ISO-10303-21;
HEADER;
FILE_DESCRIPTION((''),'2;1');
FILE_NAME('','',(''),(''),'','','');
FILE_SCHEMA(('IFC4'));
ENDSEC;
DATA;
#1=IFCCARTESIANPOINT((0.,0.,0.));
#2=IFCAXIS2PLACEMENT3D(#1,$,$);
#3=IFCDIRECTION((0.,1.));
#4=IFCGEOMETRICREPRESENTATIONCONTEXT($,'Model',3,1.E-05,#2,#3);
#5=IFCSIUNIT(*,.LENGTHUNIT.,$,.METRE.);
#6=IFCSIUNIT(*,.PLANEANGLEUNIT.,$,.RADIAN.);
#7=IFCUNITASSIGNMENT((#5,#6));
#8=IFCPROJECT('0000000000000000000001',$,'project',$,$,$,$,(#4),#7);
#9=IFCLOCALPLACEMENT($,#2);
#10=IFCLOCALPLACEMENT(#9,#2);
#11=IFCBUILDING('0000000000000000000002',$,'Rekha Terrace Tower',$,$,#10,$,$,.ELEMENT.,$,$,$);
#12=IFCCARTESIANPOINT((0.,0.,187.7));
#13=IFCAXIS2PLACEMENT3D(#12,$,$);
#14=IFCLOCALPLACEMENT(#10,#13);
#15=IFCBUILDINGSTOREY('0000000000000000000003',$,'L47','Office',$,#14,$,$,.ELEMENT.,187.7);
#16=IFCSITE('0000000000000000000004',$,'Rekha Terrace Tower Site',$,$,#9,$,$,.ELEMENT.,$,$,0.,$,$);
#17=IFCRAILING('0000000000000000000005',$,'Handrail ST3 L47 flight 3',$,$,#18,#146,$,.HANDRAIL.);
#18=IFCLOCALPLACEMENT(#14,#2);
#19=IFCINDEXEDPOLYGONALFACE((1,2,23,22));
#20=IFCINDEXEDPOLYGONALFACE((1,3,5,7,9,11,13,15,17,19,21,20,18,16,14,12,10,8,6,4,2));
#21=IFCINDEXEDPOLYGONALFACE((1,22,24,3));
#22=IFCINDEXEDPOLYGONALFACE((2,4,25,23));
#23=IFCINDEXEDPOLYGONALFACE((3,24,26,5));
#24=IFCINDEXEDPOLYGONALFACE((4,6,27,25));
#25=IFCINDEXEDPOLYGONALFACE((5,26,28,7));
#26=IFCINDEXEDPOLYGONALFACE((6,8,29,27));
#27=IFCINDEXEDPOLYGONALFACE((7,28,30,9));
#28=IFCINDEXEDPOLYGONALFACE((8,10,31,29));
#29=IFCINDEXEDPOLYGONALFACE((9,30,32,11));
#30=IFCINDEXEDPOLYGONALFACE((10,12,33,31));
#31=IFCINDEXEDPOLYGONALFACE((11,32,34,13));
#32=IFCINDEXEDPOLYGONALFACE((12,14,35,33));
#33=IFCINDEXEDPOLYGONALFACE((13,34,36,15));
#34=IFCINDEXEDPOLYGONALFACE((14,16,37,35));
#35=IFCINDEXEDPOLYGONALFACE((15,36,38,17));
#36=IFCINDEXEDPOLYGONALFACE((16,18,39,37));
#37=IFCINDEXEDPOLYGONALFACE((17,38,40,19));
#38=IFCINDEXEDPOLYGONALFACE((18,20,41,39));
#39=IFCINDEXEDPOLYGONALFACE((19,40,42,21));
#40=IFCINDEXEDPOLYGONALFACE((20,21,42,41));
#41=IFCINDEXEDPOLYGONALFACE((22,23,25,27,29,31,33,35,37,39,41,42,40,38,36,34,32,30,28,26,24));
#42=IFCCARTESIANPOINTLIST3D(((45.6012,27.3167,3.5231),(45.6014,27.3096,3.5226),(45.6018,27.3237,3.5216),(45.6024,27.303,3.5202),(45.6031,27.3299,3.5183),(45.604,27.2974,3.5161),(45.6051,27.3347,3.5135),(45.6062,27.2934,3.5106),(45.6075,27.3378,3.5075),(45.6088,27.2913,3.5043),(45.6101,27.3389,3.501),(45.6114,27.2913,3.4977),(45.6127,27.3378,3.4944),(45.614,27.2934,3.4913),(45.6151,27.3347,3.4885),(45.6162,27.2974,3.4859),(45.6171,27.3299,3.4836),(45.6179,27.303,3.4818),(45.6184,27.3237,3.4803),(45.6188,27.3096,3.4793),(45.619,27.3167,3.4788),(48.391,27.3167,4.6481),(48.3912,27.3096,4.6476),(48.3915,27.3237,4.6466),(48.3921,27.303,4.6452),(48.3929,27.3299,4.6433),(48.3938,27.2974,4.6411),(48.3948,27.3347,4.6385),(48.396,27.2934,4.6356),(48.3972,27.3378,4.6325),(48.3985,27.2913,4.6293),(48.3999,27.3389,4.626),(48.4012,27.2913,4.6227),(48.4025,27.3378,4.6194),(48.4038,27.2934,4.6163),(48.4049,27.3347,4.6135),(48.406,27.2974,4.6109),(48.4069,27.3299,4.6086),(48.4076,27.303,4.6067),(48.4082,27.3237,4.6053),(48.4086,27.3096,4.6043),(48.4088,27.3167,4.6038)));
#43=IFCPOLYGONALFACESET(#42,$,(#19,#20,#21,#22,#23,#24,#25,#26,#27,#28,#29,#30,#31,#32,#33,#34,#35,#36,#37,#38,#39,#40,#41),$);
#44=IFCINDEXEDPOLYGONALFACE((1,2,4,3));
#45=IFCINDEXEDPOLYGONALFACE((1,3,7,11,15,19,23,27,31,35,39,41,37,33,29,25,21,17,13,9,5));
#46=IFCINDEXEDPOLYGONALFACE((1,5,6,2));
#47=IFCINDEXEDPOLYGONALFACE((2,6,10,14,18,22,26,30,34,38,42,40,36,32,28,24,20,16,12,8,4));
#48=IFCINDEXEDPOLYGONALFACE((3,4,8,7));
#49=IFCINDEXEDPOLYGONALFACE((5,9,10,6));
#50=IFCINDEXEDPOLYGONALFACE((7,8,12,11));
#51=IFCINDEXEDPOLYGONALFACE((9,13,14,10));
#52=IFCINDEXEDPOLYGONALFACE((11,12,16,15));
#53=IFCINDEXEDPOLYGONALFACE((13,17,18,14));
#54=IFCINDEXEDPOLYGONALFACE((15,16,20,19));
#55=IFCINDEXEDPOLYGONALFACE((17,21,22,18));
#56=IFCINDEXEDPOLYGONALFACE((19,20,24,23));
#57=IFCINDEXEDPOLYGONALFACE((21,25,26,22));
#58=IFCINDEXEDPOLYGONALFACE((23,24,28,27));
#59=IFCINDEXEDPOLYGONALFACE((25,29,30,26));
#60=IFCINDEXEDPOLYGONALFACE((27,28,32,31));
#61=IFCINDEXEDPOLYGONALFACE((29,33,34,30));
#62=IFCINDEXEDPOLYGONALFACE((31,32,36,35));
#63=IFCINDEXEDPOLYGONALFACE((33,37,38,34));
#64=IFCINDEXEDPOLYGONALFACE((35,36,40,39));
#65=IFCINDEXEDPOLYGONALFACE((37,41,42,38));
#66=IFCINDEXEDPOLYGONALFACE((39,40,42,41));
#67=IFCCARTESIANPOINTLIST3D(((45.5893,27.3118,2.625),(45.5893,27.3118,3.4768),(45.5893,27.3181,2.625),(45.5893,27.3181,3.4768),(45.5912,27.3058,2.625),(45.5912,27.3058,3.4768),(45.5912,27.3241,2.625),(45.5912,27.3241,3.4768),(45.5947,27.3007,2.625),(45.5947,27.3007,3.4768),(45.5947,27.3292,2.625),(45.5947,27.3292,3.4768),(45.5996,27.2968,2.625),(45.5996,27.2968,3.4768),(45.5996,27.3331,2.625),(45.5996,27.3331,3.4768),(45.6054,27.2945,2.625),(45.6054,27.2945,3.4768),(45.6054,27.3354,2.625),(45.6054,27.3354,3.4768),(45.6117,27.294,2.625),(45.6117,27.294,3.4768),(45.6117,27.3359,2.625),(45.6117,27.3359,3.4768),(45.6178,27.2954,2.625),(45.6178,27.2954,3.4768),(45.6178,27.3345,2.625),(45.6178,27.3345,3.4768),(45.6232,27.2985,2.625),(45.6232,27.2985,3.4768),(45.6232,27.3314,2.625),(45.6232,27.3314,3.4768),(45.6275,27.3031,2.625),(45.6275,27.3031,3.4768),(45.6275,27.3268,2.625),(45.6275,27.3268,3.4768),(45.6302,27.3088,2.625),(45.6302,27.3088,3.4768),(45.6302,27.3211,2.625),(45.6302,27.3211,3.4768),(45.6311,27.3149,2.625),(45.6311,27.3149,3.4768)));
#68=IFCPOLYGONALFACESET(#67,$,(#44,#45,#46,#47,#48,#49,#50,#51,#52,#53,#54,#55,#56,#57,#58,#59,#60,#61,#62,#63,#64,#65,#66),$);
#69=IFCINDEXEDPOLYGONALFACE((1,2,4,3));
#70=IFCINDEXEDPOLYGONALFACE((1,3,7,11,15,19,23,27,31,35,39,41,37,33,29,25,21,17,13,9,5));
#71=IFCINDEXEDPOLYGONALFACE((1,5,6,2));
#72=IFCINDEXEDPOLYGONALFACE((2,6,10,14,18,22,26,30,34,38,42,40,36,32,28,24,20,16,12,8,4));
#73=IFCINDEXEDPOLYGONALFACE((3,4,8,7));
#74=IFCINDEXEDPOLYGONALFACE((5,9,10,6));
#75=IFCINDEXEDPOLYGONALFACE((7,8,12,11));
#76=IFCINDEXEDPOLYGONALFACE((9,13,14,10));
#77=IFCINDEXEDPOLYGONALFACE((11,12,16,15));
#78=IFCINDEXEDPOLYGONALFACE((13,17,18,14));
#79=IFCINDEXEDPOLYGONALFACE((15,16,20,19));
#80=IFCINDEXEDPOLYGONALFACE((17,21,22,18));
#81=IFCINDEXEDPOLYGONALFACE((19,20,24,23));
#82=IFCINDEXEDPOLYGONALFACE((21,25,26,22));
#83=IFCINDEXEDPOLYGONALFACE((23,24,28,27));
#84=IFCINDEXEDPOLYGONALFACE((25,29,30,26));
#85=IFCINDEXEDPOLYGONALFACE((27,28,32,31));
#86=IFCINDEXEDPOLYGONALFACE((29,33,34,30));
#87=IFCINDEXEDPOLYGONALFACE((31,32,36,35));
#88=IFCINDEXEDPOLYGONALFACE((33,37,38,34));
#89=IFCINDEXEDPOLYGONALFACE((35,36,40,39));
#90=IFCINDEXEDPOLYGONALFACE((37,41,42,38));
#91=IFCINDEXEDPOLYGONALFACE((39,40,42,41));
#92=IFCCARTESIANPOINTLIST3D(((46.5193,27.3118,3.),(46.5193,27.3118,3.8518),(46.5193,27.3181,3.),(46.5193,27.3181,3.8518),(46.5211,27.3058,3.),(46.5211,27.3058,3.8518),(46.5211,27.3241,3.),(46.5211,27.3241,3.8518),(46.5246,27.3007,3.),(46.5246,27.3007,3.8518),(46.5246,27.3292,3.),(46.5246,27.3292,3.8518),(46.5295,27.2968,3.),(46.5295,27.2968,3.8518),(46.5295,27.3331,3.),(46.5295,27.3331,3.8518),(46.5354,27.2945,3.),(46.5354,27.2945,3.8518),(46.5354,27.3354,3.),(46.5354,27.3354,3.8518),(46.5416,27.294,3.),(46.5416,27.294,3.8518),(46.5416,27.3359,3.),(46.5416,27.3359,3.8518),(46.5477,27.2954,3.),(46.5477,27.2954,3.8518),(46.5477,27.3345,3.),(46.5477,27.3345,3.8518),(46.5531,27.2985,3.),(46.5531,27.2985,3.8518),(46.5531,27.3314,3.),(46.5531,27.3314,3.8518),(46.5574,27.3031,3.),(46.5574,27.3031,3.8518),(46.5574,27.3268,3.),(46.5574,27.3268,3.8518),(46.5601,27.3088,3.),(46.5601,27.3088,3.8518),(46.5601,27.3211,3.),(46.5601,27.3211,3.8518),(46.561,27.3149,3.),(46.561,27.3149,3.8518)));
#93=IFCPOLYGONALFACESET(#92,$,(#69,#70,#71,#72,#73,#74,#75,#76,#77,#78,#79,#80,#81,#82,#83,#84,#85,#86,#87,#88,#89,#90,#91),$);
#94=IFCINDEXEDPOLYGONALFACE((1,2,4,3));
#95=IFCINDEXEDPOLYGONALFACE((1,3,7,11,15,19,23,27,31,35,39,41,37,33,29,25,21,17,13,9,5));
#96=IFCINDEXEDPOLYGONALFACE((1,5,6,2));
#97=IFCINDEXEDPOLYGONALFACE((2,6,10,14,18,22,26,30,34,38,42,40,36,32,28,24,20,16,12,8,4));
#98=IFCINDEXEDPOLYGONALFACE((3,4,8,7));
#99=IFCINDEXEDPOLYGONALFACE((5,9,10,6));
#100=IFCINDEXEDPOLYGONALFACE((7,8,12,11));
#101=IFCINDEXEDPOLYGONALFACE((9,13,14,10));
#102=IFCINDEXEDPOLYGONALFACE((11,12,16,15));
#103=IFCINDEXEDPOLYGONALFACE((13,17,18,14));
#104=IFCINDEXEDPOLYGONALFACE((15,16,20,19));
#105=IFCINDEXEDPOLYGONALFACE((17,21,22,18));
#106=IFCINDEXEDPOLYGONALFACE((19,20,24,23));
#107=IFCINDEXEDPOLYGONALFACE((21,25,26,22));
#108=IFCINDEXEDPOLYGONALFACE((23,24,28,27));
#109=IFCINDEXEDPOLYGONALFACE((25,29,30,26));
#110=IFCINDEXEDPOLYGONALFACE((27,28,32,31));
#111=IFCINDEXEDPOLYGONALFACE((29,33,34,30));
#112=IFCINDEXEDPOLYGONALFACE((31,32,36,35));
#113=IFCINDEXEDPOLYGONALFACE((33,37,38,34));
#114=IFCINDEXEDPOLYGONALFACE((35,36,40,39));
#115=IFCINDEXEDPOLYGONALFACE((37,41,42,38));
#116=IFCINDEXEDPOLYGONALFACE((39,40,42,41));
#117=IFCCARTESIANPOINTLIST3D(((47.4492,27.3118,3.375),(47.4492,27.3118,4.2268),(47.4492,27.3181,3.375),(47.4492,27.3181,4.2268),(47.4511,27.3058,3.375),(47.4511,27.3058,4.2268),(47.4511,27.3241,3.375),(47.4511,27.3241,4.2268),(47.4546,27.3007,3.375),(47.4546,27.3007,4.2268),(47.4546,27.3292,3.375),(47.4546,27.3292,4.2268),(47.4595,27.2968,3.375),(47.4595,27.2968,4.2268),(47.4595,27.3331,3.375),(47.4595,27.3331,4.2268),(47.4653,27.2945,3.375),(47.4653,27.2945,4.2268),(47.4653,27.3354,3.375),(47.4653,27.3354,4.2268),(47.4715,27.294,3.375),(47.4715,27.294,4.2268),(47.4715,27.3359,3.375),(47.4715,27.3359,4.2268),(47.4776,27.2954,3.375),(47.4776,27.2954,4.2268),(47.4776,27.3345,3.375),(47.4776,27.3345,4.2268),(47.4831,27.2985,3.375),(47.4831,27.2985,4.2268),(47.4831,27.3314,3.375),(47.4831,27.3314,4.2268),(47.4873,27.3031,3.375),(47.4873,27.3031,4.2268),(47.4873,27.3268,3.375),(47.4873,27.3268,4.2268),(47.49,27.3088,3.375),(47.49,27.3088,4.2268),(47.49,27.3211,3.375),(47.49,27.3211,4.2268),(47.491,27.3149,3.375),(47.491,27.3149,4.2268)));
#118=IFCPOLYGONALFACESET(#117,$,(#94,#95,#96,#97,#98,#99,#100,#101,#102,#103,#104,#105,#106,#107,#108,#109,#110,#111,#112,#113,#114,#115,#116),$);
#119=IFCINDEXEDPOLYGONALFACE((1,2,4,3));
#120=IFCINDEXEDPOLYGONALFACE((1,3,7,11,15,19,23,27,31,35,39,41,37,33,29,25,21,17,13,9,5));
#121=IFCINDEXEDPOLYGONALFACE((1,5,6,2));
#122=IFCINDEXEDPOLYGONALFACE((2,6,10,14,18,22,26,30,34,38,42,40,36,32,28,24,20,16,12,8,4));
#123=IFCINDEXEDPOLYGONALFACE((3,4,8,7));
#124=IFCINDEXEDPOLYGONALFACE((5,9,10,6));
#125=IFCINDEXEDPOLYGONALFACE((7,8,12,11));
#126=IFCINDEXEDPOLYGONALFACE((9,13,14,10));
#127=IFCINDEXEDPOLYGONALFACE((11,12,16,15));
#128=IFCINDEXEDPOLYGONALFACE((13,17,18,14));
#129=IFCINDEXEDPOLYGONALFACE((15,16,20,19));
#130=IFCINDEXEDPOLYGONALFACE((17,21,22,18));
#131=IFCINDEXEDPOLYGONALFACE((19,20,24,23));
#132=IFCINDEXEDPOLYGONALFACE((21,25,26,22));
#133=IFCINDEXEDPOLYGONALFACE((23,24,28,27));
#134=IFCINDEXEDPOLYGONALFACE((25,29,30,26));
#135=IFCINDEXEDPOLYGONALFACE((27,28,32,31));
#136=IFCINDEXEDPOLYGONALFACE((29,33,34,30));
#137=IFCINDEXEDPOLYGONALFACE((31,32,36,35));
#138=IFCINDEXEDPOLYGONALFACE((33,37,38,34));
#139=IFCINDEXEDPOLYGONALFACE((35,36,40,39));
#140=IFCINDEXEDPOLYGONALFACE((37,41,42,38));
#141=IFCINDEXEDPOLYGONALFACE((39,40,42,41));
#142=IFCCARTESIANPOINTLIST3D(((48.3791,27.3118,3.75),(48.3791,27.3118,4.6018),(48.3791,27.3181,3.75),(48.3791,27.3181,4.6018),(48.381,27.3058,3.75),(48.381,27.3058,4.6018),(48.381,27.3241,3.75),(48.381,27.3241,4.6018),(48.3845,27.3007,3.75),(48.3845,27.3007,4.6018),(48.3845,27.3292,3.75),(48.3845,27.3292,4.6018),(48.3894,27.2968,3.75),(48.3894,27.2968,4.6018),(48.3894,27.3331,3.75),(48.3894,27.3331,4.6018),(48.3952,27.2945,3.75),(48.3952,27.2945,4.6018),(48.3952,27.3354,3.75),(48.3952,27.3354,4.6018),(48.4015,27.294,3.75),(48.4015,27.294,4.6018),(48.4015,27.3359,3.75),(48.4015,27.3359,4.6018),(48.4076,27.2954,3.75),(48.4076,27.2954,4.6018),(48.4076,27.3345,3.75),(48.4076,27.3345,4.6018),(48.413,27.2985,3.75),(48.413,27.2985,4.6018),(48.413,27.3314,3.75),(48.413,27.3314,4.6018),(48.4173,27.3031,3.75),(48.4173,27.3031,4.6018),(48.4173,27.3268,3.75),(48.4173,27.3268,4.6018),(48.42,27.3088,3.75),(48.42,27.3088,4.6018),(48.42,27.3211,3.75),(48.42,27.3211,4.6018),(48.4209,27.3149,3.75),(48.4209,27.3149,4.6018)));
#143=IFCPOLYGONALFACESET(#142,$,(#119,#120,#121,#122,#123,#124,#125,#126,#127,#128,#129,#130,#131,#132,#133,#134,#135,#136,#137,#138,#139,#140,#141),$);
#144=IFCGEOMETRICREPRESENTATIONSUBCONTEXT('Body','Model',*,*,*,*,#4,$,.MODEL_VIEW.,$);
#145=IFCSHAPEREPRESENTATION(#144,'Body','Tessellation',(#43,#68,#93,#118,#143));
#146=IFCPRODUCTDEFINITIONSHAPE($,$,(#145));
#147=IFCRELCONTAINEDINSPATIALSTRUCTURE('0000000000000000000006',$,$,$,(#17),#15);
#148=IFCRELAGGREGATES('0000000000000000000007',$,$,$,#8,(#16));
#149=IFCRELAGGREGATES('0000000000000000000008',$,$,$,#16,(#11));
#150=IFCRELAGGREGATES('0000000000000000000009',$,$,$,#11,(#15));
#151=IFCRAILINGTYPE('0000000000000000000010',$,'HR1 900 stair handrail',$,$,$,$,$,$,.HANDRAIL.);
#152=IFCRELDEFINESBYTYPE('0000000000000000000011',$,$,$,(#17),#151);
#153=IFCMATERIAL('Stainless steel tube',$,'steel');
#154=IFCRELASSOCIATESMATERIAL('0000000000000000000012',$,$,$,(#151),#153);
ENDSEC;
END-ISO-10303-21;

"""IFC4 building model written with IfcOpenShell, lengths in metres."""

from ifc_helpers import new_model, si_unit, direction, frame, origin, origin_2d, place, context, subcontext, project, spatial, circle, extrude, material, type_object, element, save


model = new_model("IFC4")

# Units and contexts
model_context = context("Model", 3, precision=1e-05, world=origin(), true_north=direction((0.0, 1.0)))
body_context = subcontext(model_context, "Body", "Model", "MODEL_VIEW")
ifc_project = project(units=[si_unit("LENGTHUNIT", "METRE"), si_unit("PLANEANGLEUNIT", "RADIAN")], contexts=[model_context])

# Site, building, storey
site_placement = place(None, origin())
site = spatial("IfcSite", under=ifc_project, at=site_placement, Name="Rekha Terrace Tower Site", CompositionType="ELEMENT", RefElevation=0.0)
building_placement = place(site_placement, origin())
building = spatial("IfcBuilding", under=site, at=building_placement, Name="Rekha Terrace Tower", CompositionType="ELEMENT")
storey_placement = place(building_placement, frame((0.0, 0.0, 187.7)))
storey = spatial("IfcBuildingStorey", under=building, at=storey_placement, Name="L47", Description="Office", CompositionType="ELEMENT", Elevation=187.7)

# Railing
ifc_material_1 = material(Name="Stainless steel tube", Category="steel")
railing_type_1 = type_object("IfcRailingType", Name="HR1 900 stair handrail", PredefinedType="HANDRAIL", material=ifc_material_1)
railing_1_placement = place(storey_placement, frame((45.6101, 27.3149, 2.625)))
element("IfcRailing", 1, at=railing_1_placement, inside=storey, type_object=railing_type_1, Name="Handrail ST3 L47 flight 3", PredefinedType="HANDRAIL", context=body_context, shape_type="SweptSolid", body=[
    extrude(circle(Radius=0.0239, at=origin_2d()), frame((0.0, 0.0, 0.876), z_axis=(0.927432, 0.0, 0.373992), x_axis=(0.0, 1.0, 0.0)), (0.0, 0.0, 1.0), 3.0081),
    extrude(circle(Radius=0.021, at=origin_2d()), origin(), (0.0, 0.0, 1.0), 0.8518),
    extrude(circle(Radius=0.021, at=origin_2d()), frame((0.9299, 0.0, 0.375)), (0.0, 0.0, 1.0), 0.8518),
    extrude(circle(Radius=0.021, at=origin_2d()), frame((1.8599, 0.0, 0.75)), (0.0, 0.0, 1.0), 0.8518),
    extrude(circle(Radius=0.021, at=origin_2d()), frame((2.7898, 0.0, 1.125)), (0.0, 0.0, 1.0), 0.8518),
])

save(model, "model.ifc")
